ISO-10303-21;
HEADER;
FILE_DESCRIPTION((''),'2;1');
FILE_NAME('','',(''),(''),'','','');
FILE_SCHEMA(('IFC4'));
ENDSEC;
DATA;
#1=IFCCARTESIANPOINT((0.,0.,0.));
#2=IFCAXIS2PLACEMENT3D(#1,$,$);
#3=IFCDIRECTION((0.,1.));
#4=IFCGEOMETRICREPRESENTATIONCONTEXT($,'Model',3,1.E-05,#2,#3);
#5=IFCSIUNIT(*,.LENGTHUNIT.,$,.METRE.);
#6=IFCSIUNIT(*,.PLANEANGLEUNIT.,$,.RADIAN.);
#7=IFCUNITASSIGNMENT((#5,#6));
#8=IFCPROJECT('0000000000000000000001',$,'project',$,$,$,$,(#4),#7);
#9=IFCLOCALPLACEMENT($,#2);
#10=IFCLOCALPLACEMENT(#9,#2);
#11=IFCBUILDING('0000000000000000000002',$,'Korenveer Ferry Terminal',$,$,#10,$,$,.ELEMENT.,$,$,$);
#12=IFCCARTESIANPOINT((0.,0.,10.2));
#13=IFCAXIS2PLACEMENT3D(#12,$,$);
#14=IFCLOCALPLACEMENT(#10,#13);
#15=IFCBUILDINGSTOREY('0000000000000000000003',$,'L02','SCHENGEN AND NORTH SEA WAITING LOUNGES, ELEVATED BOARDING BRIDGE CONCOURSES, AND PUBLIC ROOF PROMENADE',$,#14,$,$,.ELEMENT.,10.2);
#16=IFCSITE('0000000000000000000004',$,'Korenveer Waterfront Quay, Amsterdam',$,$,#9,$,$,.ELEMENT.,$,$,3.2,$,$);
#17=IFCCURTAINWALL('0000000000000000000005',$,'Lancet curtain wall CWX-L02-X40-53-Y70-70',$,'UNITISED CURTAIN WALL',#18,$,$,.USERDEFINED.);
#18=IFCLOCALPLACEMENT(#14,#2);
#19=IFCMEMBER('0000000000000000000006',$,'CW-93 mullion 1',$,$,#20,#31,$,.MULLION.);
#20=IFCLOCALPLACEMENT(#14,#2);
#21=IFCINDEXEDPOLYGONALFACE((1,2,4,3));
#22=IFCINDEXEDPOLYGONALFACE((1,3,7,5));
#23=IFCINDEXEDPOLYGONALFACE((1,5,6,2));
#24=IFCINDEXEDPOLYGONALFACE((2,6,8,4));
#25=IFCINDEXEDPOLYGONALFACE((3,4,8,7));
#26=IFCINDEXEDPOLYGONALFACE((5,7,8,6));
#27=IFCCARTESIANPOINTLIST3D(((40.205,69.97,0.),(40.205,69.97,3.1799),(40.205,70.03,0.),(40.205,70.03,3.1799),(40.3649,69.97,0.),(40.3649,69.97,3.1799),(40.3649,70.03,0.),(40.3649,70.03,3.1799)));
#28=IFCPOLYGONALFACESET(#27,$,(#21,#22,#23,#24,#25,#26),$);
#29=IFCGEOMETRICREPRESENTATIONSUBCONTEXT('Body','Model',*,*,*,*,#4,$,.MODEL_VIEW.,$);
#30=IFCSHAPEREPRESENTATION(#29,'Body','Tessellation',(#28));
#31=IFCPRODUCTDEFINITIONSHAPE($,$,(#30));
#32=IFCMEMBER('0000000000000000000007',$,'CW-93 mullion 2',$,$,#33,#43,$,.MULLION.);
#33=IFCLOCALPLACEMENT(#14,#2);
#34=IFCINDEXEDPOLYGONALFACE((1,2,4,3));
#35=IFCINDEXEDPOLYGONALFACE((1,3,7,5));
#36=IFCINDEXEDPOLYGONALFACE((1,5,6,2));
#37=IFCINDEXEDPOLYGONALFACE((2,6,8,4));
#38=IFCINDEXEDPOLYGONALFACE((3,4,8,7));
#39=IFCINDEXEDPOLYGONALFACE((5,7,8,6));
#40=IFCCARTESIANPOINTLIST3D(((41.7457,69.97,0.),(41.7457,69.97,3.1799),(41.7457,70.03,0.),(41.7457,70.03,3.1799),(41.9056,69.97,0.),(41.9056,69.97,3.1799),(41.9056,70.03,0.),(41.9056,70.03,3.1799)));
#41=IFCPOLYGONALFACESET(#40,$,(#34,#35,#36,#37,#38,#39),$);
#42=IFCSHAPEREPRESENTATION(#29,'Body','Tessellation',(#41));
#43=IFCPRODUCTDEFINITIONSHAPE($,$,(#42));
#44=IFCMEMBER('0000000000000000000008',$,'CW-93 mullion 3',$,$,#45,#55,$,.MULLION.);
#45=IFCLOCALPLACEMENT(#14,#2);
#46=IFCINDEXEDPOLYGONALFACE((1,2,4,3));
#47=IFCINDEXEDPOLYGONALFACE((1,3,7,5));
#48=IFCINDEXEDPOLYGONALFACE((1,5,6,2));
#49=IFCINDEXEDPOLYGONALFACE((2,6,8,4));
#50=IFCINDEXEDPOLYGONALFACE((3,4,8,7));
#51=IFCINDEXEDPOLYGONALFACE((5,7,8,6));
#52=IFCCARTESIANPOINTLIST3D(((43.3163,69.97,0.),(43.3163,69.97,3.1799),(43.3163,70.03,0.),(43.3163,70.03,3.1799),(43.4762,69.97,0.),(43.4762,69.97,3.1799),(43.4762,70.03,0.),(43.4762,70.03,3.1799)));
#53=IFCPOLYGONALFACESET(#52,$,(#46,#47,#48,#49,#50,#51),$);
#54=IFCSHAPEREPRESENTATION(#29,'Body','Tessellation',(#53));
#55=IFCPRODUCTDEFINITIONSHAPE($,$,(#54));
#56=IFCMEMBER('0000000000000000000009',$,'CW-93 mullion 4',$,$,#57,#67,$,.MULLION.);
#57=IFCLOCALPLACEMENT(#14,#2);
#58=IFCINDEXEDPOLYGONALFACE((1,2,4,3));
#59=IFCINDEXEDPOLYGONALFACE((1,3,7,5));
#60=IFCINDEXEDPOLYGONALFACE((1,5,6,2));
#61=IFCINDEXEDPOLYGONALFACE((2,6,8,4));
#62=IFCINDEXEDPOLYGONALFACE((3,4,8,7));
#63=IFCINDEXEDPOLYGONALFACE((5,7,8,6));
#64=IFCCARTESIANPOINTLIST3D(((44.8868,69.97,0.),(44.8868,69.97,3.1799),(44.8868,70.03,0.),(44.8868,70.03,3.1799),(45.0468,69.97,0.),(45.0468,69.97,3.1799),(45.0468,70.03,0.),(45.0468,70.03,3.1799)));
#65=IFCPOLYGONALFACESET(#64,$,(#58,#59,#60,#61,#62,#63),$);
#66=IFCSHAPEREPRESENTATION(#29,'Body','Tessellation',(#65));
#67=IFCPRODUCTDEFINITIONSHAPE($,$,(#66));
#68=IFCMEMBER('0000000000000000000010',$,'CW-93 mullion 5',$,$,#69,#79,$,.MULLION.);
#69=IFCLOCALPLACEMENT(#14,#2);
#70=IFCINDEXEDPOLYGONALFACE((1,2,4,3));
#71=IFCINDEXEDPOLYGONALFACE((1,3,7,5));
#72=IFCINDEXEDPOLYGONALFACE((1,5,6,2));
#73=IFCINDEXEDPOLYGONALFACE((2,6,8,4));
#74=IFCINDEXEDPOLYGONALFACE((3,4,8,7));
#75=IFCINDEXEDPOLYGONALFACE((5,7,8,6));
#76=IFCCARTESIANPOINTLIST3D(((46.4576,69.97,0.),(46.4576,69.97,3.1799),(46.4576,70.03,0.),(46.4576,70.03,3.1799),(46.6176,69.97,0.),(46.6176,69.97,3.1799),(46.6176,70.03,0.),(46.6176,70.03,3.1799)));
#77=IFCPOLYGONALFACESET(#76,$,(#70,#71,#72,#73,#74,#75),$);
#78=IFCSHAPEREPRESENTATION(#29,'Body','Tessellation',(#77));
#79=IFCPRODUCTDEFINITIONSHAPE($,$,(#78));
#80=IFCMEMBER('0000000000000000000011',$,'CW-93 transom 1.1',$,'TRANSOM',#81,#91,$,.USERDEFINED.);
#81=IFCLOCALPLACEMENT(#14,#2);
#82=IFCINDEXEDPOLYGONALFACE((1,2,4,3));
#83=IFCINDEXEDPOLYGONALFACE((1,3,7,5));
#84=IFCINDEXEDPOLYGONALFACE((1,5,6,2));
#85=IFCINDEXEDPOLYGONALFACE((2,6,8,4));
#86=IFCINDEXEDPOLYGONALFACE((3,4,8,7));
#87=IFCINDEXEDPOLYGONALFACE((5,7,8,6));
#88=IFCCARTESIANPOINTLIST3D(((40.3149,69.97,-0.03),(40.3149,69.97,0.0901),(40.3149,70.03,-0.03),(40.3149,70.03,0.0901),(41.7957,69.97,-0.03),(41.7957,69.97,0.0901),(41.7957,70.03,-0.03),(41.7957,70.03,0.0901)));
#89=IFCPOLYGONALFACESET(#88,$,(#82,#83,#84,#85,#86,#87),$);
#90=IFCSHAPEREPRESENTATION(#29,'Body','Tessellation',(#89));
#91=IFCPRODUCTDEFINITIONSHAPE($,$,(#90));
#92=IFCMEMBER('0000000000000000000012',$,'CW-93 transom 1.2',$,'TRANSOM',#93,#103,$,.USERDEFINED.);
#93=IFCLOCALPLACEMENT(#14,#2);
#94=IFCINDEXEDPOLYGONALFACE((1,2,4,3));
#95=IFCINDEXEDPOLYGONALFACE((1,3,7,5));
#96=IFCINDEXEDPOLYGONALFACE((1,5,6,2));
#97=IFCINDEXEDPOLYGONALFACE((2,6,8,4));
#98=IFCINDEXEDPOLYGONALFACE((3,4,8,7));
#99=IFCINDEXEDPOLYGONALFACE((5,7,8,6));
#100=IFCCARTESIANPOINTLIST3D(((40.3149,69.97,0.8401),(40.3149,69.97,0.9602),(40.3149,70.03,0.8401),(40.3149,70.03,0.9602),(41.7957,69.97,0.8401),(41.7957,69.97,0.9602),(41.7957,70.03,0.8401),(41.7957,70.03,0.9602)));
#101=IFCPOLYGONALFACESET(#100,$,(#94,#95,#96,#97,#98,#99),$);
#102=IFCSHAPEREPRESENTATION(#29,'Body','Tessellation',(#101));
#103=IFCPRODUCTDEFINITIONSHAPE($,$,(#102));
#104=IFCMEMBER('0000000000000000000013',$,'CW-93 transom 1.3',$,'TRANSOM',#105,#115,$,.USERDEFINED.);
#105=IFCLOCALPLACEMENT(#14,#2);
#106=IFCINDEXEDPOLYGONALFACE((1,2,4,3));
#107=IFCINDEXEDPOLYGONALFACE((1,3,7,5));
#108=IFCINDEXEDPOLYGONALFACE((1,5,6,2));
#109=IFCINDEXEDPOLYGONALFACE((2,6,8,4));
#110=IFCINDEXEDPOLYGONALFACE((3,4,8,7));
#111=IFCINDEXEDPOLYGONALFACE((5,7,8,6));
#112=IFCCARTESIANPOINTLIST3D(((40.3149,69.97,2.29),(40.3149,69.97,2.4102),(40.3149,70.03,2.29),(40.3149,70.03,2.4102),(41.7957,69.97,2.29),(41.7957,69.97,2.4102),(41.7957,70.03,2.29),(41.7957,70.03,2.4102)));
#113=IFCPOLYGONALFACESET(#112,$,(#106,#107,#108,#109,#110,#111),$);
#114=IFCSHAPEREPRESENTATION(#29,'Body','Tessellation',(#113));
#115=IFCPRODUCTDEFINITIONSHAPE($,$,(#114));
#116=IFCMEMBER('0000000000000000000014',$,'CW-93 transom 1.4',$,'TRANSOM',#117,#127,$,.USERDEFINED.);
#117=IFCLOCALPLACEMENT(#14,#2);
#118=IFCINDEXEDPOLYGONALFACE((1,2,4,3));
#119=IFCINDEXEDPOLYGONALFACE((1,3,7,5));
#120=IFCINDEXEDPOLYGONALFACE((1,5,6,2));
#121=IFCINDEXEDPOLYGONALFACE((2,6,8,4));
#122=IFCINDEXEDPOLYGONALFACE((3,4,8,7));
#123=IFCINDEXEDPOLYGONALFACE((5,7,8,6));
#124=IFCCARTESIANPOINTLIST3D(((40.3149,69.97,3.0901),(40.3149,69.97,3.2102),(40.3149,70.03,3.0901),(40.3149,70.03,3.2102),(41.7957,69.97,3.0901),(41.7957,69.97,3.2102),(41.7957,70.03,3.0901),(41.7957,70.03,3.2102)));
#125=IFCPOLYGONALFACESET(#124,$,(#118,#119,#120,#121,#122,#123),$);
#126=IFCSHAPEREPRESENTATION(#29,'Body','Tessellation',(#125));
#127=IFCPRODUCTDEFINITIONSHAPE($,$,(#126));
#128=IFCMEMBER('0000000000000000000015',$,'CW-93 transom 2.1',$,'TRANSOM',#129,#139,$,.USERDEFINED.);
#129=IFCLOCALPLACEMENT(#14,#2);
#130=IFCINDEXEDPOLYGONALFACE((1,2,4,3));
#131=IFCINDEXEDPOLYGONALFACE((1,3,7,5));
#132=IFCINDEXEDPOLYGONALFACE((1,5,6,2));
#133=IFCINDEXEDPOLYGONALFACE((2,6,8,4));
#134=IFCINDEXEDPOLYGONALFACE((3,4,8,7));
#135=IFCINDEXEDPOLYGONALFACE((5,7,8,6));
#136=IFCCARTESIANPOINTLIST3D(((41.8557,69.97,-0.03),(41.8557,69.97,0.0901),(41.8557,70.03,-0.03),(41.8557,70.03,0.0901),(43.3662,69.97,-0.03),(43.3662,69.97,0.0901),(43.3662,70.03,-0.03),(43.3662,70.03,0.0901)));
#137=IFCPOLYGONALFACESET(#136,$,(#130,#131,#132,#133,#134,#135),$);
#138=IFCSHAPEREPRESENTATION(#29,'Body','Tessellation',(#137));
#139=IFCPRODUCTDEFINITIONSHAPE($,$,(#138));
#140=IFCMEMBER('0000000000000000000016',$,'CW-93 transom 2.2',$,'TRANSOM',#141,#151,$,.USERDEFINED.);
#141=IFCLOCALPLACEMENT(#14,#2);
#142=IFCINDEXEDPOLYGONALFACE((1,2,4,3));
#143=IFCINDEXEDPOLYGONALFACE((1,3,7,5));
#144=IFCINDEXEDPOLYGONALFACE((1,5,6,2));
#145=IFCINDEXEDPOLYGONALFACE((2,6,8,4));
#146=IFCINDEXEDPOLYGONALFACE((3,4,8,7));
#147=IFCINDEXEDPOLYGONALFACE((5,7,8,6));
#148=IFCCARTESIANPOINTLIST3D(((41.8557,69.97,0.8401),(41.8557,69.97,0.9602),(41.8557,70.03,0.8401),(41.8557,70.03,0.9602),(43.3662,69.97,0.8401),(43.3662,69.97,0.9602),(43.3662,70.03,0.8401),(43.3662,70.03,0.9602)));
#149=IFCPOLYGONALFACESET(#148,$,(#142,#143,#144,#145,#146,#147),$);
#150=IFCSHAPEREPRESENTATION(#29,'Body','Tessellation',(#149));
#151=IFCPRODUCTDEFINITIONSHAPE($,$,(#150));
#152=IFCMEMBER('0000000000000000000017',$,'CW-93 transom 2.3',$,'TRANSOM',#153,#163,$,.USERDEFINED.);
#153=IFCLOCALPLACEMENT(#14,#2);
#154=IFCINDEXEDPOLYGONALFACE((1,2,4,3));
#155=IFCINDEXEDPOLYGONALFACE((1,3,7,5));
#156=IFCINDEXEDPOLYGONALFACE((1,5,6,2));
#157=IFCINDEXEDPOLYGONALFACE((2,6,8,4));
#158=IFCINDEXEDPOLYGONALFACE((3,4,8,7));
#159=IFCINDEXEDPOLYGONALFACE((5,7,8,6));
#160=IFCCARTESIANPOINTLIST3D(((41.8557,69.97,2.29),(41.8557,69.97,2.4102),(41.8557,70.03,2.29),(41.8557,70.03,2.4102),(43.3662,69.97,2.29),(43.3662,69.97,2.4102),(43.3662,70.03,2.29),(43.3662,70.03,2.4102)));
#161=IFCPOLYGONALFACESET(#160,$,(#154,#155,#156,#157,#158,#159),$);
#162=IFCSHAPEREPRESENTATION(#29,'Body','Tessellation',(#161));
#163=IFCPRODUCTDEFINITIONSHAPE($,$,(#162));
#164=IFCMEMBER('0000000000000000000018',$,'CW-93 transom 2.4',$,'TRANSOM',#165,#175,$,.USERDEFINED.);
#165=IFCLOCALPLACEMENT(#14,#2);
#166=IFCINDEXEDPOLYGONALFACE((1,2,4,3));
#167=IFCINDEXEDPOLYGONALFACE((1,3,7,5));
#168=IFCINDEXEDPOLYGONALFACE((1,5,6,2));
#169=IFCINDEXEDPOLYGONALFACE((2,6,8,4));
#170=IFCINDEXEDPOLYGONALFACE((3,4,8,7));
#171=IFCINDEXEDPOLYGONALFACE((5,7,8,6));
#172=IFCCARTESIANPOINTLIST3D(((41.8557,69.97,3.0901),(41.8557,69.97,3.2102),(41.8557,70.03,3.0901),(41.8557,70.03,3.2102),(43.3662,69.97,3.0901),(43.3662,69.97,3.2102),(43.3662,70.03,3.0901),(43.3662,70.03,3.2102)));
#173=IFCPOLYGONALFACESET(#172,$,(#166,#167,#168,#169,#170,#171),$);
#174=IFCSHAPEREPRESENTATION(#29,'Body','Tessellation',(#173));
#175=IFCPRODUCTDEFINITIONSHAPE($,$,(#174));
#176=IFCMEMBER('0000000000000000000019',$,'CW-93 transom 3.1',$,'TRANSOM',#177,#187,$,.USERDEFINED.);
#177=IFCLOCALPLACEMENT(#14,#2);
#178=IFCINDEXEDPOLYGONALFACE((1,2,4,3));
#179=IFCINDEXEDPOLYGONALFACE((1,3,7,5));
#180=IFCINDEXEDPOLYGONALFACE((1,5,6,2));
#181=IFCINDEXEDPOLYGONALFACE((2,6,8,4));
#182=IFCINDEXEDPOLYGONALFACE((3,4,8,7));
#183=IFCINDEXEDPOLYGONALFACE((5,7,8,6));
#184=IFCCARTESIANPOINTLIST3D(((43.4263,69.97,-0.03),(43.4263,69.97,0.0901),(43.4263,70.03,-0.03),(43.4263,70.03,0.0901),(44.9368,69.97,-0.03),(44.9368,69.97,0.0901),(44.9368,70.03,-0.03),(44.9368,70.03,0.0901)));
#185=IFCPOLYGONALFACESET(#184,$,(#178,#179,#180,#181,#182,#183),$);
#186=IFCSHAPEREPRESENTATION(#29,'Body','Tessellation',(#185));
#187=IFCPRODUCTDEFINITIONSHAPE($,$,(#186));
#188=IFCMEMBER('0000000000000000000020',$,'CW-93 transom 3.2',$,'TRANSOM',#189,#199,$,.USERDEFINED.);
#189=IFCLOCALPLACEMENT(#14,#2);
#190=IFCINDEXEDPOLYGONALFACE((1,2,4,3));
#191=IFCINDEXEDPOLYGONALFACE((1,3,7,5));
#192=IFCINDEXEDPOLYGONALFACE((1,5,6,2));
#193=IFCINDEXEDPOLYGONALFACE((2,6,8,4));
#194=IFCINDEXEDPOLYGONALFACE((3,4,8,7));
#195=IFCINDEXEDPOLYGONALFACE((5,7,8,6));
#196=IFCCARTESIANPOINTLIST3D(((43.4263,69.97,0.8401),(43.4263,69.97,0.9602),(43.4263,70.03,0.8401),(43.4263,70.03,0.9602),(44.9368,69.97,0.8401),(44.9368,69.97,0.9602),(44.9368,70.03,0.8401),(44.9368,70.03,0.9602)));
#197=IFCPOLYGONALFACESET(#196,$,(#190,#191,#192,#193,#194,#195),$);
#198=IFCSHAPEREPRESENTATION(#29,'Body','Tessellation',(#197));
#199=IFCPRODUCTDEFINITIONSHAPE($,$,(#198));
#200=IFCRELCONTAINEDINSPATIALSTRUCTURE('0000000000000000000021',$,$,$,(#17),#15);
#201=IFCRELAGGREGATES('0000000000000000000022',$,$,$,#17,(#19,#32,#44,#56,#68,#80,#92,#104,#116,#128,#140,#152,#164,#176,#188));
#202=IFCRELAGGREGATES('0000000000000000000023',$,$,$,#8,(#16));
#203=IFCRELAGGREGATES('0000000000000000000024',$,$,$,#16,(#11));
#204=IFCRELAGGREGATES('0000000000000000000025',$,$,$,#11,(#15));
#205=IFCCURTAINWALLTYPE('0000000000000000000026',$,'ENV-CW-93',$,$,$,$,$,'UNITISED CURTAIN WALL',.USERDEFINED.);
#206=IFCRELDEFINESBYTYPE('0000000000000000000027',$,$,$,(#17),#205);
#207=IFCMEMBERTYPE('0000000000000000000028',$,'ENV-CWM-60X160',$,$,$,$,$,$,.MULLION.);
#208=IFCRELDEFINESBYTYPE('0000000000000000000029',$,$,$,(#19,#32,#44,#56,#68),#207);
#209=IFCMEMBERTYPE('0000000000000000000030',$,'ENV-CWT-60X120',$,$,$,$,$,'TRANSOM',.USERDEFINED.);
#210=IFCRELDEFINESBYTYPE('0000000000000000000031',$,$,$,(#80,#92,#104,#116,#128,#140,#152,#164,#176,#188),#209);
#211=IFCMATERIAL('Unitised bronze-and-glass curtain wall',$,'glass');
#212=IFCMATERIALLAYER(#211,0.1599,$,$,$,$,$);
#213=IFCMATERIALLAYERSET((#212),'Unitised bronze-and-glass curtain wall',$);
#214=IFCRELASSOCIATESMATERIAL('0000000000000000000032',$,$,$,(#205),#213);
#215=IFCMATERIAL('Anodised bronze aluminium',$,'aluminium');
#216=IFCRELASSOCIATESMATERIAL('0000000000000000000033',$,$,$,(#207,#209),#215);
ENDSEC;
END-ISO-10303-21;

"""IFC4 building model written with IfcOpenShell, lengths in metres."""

from ifc_helpers import new_model, si_unit, direction, frame, origin, origin_2d, place, context, subcontext, project, spatial, rectangle, extrude, material, layer, layer_set, material_profile, profile_set, type_object, element, aggregate, save


model = new_model("IFC4")

# Units and contexts
model_context = context("Model", 3, precision=1e-05, world=origin(), true_north=direction((0.0, 1.0)))
body_context = subcontext(model_context, "Body", "Model", "MODEL_VIEW")
ifc_project = project(units=[si_unit("LENGTHUNIT", "METRE"), si_unit("PLANEANGLEUNIT", "RADIAN")], contexts=[model_context])

# Site, building, storey
site_placement = place(None, origin())
site = spatial("IfcSite", under=ifc_project, at=site_placement, Name="Korenveer Waterfront Quay, Amsterdam", CompositionType="ELEMENT", RefElevation=3.2)
building_placement = place(site_placement, origin())
building = spatial("IfcBuilding", under=site, at=building_placement, Name="Korenveer Ferry Terminal", CompositionType="ELEMENT")
storey_placement = place(building_placement, frame((0.0, 0.0, 10.2)))
storey = spatial("IfcBuildingStorey", under=building, at=storey_placement, Name="L02", Description="SCHENGEN AND NORTH SEA WAITING LOUNGES, ELEVATED BOARDING BRIDGE CONCOURSES, AND PUBLIC ROOF PROMENADE", CompositionType="ELEMENT", Elevation=10.2)

# Curtain wall, members
ifc_material_1 = material(Name="Unitised bronze-and-glass curtain wall", Category="glass")
ifc_layer_1 = layer(ifc_material_1, 0.1599)
ifc_layer_set_1 = layer_set([ifc_layer_1], Name="Unitised bronze-and-glass curtain wall")
curtain_wall_type = type_object("IfcCurtainWallType", Name="ENV-CW-93", ElementType="UNITISED CURTAIN WALL", PredefinedType="USERDEFINED", material=ifc_layer_set_1)
curtain_wall_placement = place(storey_placement, frame((40.2549, 70.0, 0.0)))
curtain_wall = element("IfcCurtainWall", 1, at=curtain_wall_placement, inside=storey, type_object=curtain_wall_type, Name="Lancet curtain wall CWX-L02-X40-53-Y70-70", ObjectType="UNITISED CURTAIN WALL", PredefinedType="USERDEFINED")
ifc_material_2 = material(Name="Anodised bronze aluminium", Category="aluminium")
ifc_material_profile_1 = material_profile(ifc_material_2, rectangle(XDim=0.0601, YDim=0.1599, at=origin_2d()), Name="ALU 60x160")
ifc_profile_set_1 = profile_set([ifc_material_profile_1], Name="Anodised bronze aluminium")
member_type_1 = type_object("IfcMemberType", Name="ENV-CWM-60X160", PredefinedType="MULLION", material=ifc_profile_set_1)
member_1_placement = place(storey_placement, frame((40.2849, 70.0, 0.0), z_axis=(0.0, 0.0, 1.0), x_axis=(0.0, 1.0, 0.0)))
member_1 = element("IfcMember", 2, at=member_1_placement, type_object=member_type_1, Name="CW-93 mullion 1", PredefinedType="MULLION", context=body_context, shape_type="SweptSolid", body=[
    extrude(rectangle(XDim=0.0601, YDim=0.1599, at=origin_2d()), origin(), (0.0, 0.0, 1.0), 3.1799),
])
member_2_placement = place(storey_placement, frame((41.8257, 70.0, 0.0), z_axis=(0.0, 0.0, 1.0), x_axis=(0.0, 1.0, 0.0)))
member_2 = element("IfcMember", 3, at=member_2_placement, type_object=member_type_1, Name="CW-93 mullion 2", PredefinedType="MULLION", context=body_context, shape_type="SweptSolid", body=[
    extrude(rectangle(XDim=0.0601, YDim=0.1599, at=origin_2d()), origin(), (0.0, 0.0, 1.0), 3.1799),
])
member_3_placement = place(storey_placement, frame((43.3962, 70.0, 0.0), z_axis=(0.0, 0.0, 1.0), x_axis=(0.0, 1.0, 0.0)))
member_3 = element("IfcMember", 4, at=member_3_placement, type_object=member_type_1, Name="CW-93 mullion 3", PredefinedType="MULLION", context=body_context, shape_type="SweptSolid", body=[
    extrude(rectangle(XDim=0.0601, YDim=0.1599, at=origin_2d()), origin(), (0.0, 0.0, 1.0), 3.1799),
])
member_4_placement = place(storey_placement, frame((44.9668, 70.0, 0.0), z_axis=(0.0, 0.0, 1.0), x_axis=(0.0, 1.0, 0.0)))
member_4 = element("IfcMember", 5, at=member_4_placement, type_object=member_type_1, Name="CW-93 mullion 4", PredefinedType="MULLION", context=body_context, shape_type="SweptSolid", body=[
    extrude(rectangle(XDim=0.0601, YDim=0.1599, at=origin_2d()), origin(), (0.0, 0.0, 1.0), 3.1799),
])
member_5_placement = place(storey_placement, frame((46.5376, 70.0, 0.0), z_axis=(0.0, 0.0, 1.0), x_axis=(0.0, 1.0, 0.0)))
member_5 = element("IfcMember", 6, at=member_5_placement, type_object=member_type_1, Name="CW-93 mullion 5", PredefinedType="MULLION", context=body_context, shape_type="SweptSolid", body=[
    extrude(rectangle(XDim=0.0601, YDim=0.1599, at=origin_2d()), origin(), (0.0, 0.0, 1.0), 3.1799),
])
ifc_material_profile_2 = material_profile(ifc_material_2, rectangle(XDim=0.0601, YDim=0.1201, at=origin_2d()), Name="ALU 60x120")
ifc_profile_set_2 = profile_set([ifc_material_profile_2], Name="Anodised bronze aluminium")
member_type_2 = type_object("IfcMemberType", Name="ENV-CWT-60X120", ElementType="TRANSOM", PredefinedType="USERDEFINED", material=ifc_profile_set_2)
member_6_placement = place(storey_placement, frame((40.3149, 70.0, 0.03), z_axis=(1.0, 0.0, 0.0), x_axis=(0.0, 1.0, 0.0)))
member_6 = element("IfcMember", 7, at=member_6_placement, type_object=member_type_2, Name="CW-93 transom 1.1", ObjectType="TRANSOM", PredefinedType="USERDEFINED", context=body_context, shape_type="SweptSolid", body=[
    extrude(rectangle(XDim=0.0601, YDim=0.1201, at=origin_2d()), origin(), (0.0, 0.0, 1.0), 1.4807),
])
member_7_placement = place(storey_placement, frame((40.3149, 70.0, 0.9001), z_axis=(1.0, 0.0, 0.0), x_axis=(0.0, 1.0, 0.0)))
member_7 = element("IfcMember", 8, at=member_7_placement, type_object=member_type_2, Name="CW-93 transom 1.2", ObjectType="TRANSOM", PredefinedType="USERDEFINED", context=body_context, shape_type="SweptSolid", body=[
    extrude(rectangle(XDim=0.0601, YDim=0.1201, at=origin_2d()), origin(), (0.0, 0.0, 1.0), 1.4807),
])
member_8_placement = place(storey_placement, frame((40.3149, 70.0, 2.3501), z_axis=(1.0, 0.0, 0.0), x_axis=(0.0, 1.0, 0.0)))
member_8 = element("IfcMember", 9, at=member_8_placement, type_object=member_type_2, Name="CW-93 transom 1.3", ObjectType="TRANSOM", PredefinedType="USERDEFINED", context=body_context, shape_type="SweptSolid", body=[
    extrude(rectangle(XDim=0.0601, YDim=0.1201, at=origin_2d()), origin(), (0.0, 0.0, 1.0), 1.4807),
])
member_9_placement = place(storey_placement, frame((40.3149, 70.0, 3.1501), z_axis=(1.0, 0.0, 0.0), x_axis=(0.0, 1.0, 0.0)))
member_9 = element("IfcMember", 10, at=member_9_placement, type_object=member_type_2, Name="CW-93 transom 1.4", ObjectType="TRANSOM", PredefinedType="USERDEFINED", context=body_context, shape_type="SweptSolid", body=[
    extrude(rectangle(XDim=0.0601, YDim=0.1201, at=origin_2d()), origin(), (0.0, 0.0, 1.0), 1.4807),
])
member_10_placement = place(storey_placement, frame((41.8557, 70.0, 0.03), z_axis=(1.0, 0.0, 0.0), x_axis=(0.0, 1.0, 0.0)))
member_10 = element("IfcMember", 11, at=member_10_placement, type_object=member_type_2, Name="CW-93 transom 2.1", ObjectType="TRANSOM", PredefinedType="USERDEFINED", context=body_context, shape_type="SweptSolid", body=[
    extrude(rectangle(XDim=0.0601, YDim=0.1201, at=origin_2d()), origin(), (0.0, 0.0, 1.0), 1.5105),
])
member_11_placement = place(storey_placement, frame((41.8557, 70.0, 0.9001), z_axis=(1.0, 0.0, 0.0), x_axis=(0.0, 1.0, 0.0)))
member_11 = element("IfcMember", 12, at=member_11_placement, type_object=member_type_2, Name="CW-93 transom 2.2", ObjectType="TRANSOM", PredefinedType="USERDEFINED", context=body_context, shape_type="SweptSolid", body=[
    extrude(rectangle(XDim=0.0601, YDim=0.1201, at=origin_2d()), origin(), (0.0, 0.0, 1.0), 1.5105),
])
member_12_placement = place(storey_placement, frame((41.8557, 70.0, 2.3501), z_axis=(1.0, 0.0, 0.0), x_axis=(0.0, 1.0, 0.0)))
member_12 = element("IfcMember", 13, at=member_12_placement, type_object=member_type_2, Name="CW-93 transom 2.3", ObjectType="TRANSOM", PredefinedType="USERDEFINED", context=body_context, shape_type="SweptSolid", body=[
    extrude(rectangle(XDim=0.0601, YDim=0.1201, at=origin_2d()), origin(), (0.0, 0.0, 1.0), 1.5105),
])
member_13_placement = place(storey_placement, frame((41.8557, 70.0, 3.1501), z_axis=(1.0, 0.0, 0.0), x_axis=(0.0, 1.0, 0.0)))
member_13 = element("IfcMember", 14, at=member_13_placement, type_object=member_type_2, Name="CW-93 transom 2.4", ObjectType="TRANSOM", PredefinedType="USERDEFINED", context=body_context, shape_type="SweptSolid", body=[
    extrude(rectangle(XDim=0.0601, YDim=0.1201, at=origin_2d()), origin(), (0.0, 0.0, 1.0), 1.5105),
])
member_14_placement = place(storey_placement, frame((43.4263, 70.0, 0.03), z_axis=(1.0, 0.0, 0.0), x_axis=(0.0, 1.0, 0.0)))
member_14 = element("IfcMember", 15, at=member_14_placement, type_object=member_type_2, Name="CW-93 transom 3.1", ObjectType="TRANSOM", PredefinedType="USERDEFINED", context=body_context, shape_type="SweptSolid", body=[
    extrude(rectangle(XDim=0.0601, YDim=0.1201, at=origin_2d()), origin(), (0.0, 0.0, 1.0), 1.5105),
])
member_15_placement = place(storey_placement, frame((43.4263, 70.0, 0.9001), z_axis=(1.0, 0.0, 0.0), x_axis=(0.0, 1.0, 0.0)))
member_15 = element("IfcMember", 16, at=member_15_placement, type_object=member_type_2, Name="CW-93 transom 3.2", ObjectType="TRANSOM", PredefinedType="USERDEFINED", context=body_context, shape_type="SweptSolid", body=[
    extrude(rectangle(XDim=0.0601, YDim=0.1201, at=origin_2d()), origin(), (0.0, 0.0, 1.0), 1.5105),
])

aggregate(curtain_wall, [member_1, member_2, member_3, member_4, member_5, member_6, member_7, member_8, member_9, member_10, member_11, member_12, member_13, member_14, member_15])

save(model, "model.ifc")
